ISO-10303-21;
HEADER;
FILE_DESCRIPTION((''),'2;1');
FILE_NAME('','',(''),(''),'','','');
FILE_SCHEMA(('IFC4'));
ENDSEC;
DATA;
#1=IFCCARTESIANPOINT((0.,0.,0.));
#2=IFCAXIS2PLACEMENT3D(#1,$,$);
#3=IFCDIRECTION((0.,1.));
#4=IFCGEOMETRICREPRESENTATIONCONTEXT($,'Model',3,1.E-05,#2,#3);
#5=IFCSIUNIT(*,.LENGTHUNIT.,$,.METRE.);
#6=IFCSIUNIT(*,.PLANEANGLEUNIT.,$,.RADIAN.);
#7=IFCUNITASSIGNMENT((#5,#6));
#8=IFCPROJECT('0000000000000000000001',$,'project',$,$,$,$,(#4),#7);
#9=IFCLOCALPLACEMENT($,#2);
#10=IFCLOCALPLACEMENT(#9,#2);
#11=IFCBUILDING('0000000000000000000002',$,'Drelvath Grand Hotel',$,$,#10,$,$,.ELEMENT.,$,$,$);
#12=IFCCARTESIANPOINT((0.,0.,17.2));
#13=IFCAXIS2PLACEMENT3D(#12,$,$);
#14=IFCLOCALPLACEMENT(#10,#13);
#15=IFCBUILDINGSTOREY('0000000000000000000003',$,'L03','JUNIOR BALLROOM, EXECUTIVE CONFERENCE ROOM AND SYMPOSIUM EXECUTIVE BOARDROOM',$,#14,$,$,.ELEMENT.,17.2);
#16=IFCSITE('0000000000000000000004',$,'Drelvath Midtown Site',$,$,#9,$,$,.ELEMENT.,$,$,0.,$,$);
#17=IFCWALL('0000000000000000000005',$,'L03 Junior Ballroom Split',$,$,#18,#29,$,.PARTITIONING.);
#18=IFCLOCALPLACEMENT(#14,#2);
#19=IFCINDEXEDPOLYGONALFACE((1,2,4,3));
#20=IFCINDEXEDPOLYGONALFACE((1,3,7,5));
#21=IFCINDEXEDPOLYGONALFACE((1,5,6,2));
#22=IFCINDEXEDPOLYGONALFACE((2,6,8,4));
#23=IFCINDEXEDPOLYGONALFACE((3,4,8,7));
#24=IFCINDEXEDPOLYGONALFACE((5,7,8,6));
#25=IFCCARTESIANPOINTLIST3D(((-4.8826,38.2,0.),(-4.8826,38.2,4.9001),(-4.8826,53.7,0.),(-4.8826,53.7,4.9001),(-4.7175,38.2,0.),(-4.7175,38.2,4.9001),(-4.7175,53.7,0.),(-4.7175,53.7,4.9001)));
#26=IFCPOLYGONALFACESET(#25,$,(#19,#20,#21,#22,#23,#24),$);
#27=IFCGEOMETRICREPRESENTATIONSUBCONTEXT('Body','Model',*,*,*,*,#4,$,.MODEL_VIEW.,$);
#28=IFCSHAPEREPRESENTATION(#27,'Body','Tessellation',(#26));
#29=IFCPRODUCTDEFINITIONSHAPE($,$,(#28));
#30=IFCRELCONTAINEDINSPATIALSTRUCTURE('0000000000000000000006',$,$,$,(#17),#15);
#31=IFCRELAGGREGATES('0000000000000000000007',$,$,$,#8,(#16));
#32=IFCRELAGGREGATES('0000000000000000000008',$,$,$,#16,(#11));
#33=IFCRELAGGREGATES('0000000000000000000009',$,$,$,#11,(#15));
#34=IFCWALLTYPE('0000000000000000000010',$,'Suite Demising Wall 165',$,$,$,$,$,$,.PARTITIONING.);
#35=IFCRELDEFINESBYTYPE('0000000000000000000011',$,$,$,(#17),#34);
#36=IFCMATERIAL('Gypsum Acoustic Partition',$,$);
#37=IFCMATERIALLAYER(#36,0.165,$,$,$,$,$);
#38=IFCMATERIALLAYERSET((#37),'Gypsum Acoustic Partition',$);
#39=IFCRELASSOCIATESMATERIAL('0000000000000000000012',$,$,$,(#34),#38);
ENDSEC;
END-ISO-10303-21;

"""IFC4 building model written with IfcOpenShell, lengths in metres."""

from ifc_helpers import new_model, si_unit, direction, frame, frame_2d, origin, place, context, subcontext, project, spatial, rectangle, extrude, material, layer, layer_set, type_object, element, save


model = new_model("IFC4")

# Units and contexts
model_context = context("Model", 3, precision=1e-05, world=origin(), true_north=direction((0.0, 1.0)))
body_context = subcontext(model_context, "Body", "Model", "MODEL_VIEW")
ifc_project = project(units=[si_unit("LENGTHUNIT", "METRE"), si_unit("PLANEANGLEUNIT", "RADIAN")], contexts=[model_context])

# Site, building, storey
site_placement = place(None, origin())
site = spatial("IfcSite", under=ifc_project, at=site_placement, Name="Drelvath Midtown Site", CompositionType="ELEMENT", RefElevation=0.0)
building_placement = place(site_placement, origin())
building = spatial("IfcBuilding", under=site, at=building_placement, Name="Drelvath Grand Hotel", CompositionType="ELEMENT")
storey_placement = place(building_placement, frame((0.0, 0.0, 17.2)))
storey = spatial("IfcBuildingStorey", under=building, at=storey_placement, Name="L03", Description="JUNIOR BALLROOM, EXECUTIVE CONFERENCE ROOM AND SYMPOSIUM EXECUTIVE BOARDROOM", CompositionType="ELEMENT", Elevation=17.2)

# Wall
ifc_material_1 = material(Name="Gypsum Acoustic Partition")
ifc_layer_1 = layer(ifc_material_1, 0.165)
ifc_layer_set_1 = layer_set([ifc_layer_1], Name="Gypsum Acoustic Partition")
wall_type_1 = type_object("IfcWallType", Name="Suite Demising Wall 165", PredefinedType="PARTITIONING", material=ifc_layer_set_1)
wall_1_placement = place(storey_placement, frame((-4.8, 38.2, 0.0), z_axis=(0.0, 0.0, 1.0), x_axis=(0.0, 1.0, 0.0)))
element("IfcWall", 1, at=wall_1_placement, inside=storey, type_object=wall_type_1, Name="L03 Junior Ballroom Split", PredefinedType="PARTITIONING", context=body_context, shape_type="SweptSolid", body=[
    extrude(rectangle(XDim=15.5, YDim=0.165, at=frame_2d((7.75, 0.0))), origin(), (0.0, 0.0, 1.0), 4.9001),
])

save(model, "model.ifc")
